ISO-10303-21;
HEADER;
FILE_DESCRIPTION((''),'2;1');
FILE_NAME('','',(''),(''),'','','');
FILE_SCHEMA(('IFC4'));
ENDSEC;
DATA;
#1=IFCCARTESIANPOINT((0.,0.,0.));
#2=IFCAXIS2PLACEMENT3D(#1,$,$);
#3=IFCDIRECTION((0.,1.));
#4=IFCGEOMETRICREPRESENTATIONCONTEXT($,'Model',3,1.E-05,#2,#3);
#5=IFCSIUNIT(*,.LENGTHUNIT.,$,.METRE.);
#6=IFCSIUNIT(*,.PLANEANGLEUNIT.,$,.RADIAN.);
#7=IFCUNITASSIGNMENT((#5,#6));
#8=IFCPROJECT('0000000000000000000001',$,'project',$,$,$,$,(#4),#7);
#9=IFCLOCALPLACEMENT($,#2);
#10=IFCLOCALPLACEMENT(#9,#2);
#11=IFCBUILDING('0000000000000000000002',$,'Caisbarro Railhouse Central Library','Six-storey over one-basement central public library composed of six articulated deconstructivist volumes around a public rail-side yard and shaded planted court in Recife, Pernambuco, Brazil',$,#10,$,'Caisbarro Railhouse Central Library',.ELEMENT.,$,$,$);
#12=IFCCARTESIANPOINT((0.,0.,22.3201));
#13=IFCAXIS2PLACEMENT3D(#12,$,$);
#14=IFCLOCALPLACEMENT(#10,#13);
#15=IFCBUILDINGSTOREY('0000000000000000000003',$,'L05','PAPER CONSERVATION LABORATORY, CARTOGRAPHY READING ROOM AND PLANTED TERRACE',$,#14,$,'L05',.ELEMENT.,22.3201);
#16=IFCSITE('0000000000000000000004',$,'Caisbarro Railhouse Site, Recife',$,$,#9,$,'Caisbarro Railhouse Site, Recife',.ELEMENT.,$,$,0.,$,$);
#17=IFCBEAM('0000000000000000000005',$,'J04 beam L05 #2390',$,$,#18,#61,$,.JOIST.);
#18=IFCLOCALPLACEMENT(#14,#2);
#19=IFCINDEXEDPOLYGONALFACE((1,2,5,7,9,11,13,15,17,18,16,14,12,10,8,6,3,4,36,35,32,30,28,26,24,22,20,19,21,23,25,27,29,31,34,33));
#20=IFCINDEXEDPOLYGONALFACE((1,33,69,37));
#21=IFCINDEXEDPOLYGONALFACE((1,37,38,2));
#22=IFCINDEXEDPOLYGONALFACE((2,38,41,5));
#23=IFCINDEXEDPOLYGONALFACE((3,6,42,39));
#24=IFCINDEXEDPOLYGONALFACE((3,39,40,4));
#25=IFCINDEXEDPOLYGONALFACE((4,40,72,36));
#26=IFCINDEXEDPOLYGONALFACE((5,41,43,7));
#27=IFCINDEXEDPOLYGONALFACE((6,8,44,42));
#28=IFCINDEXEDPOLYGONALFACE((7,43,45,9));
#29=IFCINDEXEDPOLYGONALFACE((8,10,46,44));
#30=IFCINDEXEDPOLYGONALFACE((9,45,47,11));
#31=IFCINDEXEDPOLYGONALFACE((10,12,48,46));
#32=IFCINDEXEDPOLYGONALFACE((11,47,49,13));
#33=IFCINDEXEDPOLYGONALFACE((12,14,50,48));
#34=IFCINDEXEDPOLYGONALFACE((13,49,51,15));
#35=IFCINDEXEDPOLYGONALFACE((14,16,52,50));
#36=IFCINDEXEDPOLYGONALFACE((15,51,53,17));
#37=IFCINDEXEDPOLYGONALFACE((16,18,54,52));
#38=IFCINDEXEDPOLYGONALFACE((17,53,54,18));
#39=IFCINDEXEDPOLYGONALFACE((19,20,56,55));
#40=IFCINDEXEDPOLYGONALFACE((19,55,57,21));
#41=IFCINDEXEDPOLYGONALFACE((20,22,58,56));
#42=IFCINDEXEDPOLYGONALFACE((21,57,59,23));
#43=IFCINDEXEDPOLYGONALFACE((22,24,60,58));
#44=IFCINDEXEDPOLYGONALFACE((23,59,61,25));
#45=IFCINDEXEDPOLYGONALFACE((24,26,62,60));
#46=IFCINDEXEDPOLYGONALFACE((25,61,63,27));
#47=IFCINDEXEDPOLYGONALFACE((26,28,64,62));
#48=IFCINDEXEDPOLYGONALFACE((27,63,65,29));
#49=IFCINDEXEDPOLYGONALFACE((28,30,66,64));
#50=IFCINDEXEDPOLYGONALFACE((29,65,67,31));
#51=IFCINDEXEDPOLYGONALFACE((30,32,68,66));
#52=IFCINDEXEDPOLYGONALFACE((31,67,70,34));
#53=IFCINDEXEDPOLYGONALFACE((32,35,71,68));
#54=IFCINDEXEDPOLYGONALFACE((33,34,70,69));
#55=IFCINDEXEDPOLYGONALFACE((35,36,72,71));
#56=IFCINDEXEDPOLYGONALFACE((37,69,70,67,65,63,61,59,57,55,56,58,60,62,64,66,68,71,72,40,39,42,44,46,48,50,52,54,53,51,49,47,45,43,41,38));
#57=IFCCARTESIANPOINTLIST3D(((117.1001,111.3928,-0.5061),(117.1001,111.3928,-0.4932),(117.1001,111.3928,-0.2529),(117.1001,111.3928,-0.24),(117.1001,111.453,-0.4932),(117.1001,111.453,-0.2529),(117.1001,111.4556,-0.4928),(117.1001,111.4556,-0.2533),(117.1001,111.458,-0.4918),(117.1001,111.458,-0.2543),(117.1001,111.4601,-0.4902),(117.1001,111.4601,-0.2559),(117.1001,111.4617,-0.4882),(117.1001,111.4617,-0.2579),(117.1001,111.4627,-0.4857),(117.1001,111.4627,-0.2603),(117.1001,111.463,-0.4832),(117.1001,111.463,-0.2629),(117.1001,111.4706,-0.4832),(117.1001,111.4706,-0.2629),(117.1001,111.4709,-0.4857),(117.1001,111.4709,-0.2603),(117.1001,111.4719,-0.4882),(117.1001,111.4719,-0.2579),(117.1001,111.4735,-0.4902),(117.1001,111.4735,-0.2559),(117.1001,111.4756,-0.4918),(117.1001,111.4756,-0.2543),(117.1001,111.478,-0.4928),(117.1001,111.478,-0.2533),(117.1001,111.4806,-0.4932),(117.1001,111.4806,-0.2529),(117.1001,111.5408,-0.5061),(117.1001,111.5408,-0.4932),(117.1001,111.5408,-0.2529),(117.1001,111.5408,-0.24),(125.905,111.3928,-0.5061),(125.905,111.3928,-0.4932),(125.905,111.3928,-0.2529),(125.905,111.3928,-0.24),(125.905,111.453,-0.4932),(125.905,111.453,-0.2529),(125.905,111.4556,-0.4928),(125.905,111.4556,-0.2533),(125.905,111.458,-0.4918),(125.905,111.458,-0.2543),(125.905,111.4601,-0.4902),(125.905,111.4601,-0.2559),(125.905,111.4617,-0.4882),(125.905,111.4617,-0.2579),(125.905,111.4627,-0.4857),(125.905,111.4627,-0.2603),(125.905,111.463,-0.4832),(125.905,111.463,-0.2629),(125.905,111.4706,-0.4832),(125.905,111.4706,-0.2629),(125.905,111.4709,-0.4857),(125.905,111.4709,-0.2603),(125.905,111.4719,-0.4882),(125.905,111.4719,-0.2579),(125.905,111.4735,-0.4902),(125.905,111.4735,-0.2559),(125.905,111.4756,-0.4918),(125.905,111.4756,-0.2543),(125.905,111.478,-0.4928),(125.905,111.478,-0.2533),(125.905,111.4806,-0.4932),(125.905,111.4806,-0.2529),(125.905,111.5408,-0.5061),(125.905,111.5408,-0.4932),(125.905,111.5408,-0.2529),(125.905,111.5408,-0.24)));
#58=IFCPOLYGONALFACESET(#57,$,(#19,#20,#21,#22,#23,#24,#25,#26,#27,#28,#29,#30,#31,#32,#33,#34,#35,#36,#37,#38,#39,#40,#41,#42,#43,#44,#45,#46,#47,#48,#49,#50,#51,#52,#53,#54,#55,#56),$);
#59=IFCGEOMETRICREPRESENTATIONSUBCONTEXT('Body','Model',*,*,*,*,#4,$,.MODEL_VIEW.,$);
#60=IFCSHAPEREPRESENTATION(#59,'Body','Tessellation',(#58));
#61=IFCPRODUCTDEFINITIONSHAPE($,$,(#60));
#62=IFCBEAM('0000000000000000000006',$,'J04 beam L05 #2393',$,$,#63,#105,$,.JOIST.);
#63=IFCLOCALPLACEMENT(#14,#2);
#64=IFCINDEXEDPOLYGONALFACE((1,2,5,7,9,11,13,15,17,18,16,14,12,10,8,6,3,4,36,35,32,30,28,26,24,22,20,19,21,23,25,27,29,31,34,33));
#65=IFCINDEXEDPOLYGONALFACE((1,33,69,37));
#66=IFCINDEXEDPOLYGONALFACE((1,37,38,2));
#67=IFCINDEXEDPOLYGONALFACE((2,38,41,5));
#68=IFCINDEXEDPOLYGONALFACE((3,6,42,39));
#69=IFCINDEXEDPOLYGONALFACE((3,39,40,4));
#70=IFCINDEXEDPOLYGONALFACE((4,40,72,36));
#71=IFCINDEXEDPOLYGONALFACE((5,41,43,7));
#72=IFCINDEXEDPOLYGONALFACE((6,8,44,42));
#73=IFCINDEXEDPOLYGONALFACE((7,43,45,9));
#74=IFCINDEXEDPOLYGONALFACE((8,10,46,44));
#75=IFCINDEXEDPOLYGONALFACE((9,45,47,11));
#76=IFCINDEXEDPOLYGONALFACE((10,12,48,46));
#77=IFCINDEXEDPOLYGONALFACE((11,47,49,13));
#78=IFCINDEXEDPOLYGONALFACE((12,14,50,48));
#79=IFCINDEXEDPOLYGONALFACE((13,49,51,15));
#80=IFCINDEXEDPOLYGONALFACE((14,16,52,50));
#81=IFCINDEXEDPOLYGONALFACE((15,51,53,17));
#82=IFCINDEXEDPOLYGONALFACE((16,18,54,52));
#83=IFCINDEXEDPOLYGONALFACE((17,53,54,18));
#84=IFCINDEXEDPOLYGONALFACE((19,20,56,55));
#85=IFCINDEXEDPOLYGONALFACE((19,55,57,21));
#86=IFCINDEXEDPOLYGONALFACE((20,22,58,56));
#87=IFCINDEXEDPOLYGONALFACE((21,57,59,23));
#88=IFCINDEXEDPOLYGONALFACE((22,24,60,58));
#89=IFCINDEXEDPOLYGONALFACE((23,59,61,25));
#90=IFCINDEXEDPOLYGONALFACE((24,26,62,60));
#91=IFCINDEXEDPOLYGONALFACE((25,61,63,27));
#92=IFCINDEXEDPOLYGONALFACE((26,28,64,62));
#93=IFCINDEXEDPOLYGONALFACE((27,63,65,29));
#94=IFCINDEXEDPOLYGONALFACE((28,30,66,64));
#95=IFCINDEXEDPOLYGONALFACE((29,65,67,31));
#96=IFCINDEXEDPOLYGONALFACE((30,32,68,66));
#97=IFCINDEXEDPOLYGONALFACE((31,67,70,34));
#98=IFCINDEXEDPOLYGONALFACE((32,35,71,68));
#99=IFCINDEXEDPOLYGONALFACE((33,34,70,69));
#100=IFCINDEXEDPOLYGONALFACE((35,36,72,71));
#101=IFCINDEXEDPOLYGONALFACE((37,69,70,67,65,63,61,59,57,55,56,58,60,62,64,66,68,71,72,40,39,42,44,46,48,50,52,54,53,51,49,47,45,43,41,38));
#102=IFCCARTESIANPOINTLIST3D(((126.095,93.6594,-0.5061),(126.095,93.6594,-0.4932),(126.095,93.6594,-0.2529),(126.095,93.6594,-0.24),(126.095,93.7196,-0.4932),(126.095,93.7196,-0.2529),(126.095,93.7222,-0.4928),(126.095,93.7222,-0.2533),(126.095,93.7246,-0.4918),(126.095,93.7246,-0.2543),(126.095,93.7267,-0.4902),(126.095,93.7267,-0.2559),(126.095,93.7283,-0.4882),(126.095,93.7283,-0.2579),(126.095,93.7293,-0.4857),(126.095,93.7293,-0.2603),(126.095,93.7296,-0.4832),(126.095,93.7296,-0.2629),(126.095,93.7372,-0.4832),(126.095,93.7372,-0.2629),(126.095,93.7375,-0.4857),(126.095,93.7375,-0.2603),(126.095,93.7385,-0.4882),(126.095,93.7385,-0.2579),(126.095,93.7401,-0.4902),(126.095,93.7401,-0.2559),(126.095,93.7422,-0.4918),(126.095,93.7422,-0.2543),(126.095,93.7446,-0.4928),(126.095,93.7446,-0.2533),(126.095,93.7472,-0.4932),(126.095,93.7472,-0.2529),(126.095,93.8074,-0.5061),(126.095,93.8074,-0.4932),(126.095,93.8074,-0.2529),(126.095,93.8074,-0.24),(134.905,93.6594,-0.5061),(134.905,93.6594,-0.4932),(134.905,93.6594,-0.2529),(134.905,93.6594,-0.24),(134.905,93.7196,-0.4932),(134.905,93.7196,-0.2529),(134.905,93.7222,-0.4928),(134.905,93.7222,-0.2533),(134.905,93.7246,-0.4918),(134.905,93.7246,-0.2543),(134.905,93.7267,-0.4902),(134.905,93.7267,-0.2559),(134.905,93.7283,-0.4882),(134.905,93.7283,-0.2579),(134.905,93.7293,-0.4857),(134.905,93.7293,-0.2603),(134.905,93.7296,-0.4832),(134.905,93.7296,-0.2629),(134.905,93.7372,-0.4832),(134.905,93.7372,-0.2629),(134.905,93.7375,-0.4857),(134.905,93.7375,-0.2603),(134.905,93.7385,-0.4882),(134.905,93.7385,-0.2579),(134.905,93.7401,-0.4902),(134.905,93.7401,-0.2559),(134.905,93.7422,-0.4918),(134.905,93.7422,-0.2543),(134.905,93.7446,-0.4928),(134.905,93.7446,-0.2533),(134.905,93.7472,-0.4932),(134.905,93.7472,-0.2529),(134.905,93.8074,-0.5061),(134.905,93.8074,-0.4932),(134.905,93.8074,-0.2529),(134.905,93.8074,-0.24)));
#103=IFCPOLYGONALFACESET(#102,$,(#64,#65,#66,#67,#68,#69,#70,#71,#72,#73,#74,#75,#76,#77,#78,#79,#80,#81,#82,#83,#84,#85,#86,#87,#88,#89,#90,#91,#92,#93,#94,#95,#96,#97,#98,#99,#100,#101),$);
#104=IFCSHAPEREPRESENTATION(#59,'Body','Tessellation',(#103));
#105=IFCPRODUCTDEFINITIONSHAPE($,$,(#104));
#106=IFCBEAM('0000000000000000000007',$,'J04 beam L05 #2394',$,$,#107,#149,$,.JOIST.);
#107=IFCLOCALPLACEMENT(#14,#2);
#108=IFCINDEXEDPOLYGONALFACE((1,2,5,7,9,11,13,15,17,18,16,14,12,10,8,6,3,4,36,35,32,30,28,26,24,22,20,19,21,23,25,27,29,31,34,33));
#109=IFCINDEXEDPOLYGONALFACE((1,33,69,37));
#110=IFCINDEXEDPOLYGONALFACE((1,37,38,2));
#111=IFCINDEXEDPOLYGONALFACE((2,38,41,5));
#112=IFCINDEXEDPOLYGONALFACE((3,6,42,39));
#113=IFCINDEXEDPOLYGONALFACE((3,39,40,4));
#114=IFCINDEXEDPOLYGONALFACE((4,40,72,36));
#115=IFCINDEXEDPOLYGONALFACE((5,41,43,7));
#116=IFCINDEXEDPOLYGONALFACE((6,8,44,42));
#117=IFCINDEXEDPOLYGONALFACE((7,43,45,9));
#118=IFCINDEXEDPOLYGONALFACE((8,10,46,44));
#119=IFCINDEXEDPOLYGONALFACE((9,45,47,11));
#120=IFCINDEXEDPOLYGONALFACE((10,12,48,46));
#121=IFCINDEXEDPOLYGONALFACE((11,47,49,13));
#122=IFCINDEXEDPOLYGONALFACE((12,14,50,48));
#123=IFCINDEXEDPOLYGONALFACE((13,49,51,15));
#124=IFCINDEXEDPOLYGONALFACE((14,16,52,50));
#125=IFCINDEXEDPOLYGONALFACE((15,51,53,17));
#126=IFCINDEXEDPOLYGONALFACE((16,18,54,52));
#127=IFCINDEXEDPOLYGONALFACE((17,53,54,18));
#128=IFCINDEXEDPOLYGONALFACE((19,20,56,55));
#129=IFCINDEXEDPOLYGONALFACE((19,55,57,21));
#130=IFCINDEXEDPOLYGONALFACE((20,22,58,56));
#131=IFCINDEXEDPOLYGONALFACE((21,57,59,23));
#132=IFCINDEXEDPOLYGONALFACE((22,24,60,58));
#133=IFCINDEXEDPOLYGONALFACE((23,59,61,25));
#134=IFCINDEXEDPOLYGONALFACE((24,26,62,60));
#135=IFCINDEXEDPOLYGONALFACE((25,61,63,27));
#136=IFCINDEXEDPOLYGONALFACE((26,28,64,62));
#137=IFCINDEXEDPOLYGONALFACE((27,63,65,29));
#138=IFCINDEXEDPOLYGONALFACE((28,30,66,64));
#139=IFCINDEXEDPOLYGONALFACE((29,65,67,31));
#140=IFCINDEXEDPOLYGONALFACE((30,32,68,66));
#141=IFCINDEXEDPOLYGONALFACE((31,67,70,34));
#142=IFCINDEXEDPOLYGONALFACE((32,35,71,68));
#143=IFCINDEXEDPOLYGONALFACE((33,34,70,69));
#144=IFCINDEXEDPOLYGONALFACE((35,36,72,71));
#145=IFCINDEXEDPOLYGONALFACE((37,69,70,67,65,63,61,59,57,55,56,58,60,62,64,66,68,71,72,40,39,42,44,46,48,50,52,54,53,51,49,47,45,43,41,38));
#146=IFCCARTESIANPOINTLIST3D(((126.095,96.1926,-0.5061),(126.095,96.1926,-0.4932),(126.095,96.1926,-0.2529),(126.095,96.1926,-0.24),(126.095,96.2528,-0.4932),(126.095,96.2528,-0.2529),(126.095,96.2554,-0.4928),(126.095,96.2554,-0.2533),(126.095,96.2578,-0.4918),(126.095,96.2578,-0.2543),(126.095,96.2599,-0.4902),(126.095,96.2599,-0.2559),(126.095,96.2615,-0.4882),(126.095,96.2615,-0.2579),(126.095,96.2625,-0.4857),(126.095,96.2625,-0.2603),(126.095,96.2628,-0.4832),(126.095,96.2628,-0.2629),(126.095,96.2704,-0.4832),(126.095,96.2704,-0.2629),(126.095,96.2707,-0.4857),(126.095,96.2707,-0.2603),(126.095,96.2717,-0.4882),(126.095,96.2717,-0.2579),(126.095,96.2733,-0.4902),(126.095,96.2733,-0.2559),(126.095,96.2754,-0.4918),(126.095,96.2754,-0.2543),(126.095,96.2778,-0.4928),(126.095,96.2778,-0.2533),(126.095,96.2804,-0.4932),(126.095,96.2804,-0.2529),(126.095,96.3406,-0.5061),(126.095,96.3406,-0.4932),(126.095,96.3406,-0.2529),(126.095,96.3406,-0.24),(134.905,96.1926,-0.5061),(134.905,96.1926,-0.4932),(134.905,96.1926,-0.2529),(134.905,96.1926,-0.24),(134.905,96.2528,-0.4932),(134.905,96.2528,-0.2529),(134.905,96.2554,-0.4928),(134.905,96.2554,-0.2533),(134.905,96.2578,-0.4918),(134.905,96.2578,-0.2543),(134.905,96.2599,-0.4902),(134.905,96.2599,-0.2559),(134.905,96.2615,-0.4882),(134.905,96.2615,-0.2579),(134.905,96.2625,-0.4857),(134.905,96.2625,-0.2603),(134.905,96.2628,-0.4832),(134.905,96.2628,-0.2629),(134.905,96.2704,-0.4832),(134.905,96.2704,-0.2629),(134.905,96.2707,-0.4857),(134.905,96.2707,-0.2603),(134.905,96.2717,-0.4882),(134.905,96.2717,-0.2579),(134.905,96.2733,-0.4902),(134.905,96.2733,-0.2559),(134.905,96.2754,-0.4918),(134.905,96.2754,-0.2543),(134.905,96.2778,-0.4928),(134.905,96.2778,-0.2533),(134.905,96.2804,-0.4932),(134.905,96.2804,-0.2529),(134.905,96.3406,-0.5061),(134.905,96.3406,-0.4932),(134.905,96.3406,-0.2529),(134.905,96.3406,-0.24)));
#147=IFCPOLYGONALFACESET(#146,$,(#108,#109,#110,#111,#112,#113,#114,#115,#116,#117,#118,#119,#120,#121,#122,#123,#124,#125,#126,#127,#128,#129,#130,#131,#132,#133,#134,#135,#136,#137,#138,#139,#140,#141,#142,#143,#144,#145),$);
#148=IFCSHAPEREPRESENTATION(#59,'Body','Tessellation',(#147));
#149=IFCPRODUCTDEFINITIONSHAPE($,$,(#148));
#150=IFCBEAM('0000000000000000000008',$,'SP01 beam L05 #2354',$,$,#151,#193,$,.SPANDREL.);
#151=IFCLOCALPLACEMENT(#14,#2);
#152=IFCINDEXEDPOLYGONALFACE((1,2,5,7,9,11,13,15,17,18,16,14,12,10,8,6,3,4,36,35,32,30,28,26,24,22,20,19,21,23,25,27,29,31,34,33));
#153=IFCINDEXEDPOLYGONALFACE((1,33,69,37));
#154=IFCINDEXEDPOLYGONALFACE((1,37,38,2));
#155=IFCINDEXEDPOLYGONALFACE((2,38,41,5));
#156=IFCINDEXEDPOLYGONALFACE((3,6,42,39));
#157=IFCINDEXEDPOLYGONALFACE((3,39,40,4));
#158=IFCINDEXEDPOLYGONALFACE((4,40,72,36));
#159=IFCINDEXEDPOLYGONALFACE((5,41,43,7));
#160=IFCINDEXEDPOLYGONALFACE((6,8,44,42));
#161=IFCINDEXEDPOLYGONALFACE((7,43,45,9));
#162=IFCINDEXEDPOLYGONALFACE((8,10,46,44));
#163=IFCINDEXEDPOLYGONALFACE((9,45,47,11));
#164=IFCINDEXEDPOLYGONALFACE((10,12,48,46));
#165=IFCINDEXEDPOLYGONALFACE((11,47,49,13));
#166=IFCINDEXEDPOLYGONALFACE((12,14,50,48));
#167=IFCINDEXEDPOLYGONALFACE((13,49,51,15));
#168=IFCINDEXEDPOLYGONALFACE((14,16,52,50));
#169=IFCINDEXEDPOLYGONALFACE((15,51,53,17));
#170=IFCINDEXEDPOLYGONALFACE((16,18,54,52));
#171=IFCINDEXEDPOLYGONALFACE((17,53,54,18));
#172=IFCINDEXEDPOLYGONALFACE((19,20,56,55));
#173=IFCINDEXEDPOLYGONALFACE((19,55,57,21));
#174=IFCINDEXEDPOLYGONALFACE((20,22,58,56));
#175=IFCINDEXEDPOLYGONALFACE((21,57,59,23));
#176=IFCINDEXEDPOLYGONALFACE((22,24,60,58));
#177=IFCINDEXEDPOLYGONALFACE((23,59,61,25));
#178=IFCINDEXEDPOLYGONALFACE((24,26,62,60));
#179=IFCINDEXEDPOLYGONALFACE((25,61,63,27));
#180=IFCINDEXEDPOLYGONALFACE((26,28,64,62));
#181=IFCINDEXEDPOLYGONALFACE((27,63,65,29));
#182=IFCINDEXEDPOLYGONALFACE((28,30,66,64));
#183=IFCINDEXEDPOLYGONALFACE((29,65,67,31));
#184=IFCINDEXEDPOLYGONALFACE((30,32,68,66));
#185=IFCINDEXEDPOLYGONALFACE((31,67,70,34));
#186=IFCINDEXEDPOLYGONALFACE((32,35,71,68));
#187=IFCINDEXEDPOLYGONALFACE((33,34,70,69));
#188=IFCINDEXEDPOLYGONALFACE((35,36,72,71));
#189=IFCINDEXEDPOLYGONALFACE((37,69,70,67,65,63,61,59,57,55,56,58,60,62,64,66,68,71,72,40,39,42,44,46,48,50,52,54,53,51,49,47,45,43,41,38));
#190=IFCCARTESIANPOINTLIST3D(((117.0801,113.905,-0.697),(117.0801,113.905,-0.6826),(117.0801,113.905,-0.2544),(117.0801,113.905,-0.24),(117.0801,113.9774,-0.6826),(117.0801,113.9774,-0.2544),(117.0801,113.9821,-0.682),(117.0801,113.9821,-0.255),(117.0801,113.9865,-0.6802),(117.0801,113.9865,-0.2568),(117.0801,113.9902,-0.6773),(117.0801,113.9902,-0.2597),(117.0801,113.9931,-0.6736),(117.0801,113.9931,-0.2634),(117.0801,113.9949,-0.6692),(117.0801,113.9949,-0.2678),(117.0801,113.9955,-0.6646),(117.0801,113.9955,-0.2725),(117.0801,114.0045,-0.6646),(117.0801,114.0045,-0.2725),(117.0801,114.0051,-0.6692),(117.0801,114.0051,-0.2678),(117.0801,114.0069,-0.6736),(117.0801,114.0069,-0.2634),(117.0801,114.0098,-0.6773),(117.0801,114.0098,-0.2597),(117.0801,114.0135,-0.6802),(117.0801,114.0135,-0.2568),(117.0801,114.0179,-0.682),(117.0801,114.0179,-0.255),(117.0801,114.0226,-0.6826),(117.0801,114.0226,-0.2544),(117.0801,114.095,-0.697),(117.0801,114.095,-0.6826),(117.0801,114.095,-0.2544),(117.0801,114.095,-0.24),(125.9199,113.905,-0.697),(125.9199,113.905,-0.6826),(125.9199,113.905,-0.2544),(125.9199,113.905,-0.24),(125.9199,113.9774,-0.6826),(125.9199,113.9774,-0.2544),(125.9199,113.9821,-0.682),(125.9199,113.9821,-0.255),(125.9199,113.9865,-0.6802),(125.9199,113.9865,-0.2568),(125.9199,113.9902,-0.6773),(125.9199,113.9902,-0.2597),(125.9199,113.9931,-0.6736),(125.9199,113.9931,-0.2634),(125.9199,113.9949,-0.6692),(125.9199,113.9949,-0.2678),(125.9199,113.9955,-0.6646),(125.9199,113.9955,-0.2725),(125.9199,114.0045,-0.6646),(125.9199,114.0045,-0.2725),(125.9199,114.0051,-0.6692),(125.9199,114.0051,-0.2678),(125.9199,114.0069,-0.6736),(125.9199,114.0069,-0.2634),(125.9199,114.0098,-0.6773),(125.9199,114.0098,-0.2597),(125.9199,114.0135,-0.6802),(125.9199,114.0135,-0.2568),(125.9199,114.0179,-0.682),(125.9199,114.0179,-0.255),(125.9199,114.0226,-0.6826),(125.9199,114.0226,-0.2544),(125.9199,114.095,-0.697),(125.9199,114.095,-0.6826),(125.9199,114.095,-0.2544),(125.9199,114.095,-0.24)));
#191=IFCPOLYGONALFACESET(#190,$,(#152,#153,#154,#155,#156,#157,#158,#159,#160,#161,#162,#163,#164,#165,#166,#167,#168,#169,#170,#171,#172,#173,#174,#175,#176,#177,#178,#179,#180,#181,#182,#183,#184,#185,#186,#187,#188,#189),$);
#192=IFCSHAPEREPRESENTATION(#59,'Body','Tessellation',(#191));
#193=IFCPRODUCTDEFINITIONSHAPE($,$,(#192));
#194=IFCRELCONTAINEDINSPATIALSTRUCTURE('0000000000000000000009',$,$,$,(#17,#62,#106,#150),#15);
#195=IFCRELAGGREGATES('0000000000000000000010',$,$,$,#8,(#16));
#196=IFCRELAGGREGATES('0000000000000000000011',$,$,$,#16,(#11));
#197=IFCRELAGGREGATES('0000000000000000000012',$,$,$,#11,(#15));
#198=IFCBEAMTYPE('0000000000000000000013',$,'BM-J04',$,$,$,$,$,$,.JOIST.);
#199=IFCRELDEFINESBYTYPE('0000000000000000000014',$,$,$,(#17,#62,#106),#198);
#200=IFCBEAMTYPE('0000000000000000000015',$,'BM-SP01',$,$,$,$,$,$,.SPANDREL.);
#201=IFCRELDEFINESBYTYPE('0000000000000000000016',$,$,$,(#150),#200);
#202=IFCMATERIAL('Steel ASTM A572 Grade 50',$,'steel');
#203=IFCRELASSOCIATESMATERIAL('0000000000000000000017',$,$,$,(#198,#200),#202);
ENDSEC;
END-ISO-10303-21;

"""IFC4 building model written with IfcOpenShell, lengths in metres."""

from ifc_helpers import new_model, si_unit, direction, frame, origin, origin_2d, place, context, subcontext, project, spatial, i_section, extrude, material, material_profile, profile_set, type_object, element, save


model = new_model("IFC4")

# Units and contexts
model_context = context("Model", 3, precision=1e-05, world=origin(), true_north=direction((0.0, 1.0)))
body_context = subcontext(model_context, "Body", "Model", "MODEL_VIEW")
ifc_project = project(units=[si_unit("LENGTHUNIT", "METRE"), si_unit("PLANEANGLEUNIT", "RADIAN")], contexts=[model_context])

# Site, building, storey
site_placement = place(None, origin())
site = spatial("IfcSite", under=ifc_project, at=site_placement, Name="Caisbarro Railhouse Site, Recife", LongName="Caisbarro Railhouse Site, Recife", CompositionType="ELEMENT", RefElevation=0.0)
building_placement = place(site_placement, origin())
building = spatial("IfcBuilding", under=site, at=building_placement, Name="Caisbarro Railhouse Central Library", Description="Six-storey over one-basement central public library composed of six articulated deconstructivist volumes around a public rail-side yard and shaded planted court in Recife, Pernambuco, Brazil", LongName="Caisbarro Railhouse Central Library", CompositionType="ELEMENT")
storey_placement = place(building_placement, frame((0.0, 0.0, 22.3201)))
storey = spatial("IfcBuildingStorey", under=building, at=storey_placement, Name="L05", Description="PAPER CONSERVATION LABORATORY, CARTOGRAPHY READING ROOM AND PLANTED TERRACE", LongName="L05", CompositionType="ELEMENT", Elevation=22.3201)

# Beams
ifc_material_1 = material(Name="Steel ASTM A572 Grade 50", Category="steel")
ifc_material_profile_1 = material_profile(ifc_material_1, i_section(OverallWidth=0.1479, OverallDepth=0.2661, WebThickness=0.0076, FlangeThickness=0.0129, FilletRadius=0.01, at=origin_2d()), Name="W250X44.8")
ifc_profile_set_1 = profile_set([ifc_material_profile_1], Name="Steel ASTM A572 Grade 50")
beam_type_1 = type_object("IfcBeamType", Name="BM-J04", PredefinedType="JOIST", material=ifc_profile_set_1)
for number, where, z_axis, x_axis, name in (
    (1, (117.1001, 111.4668, -0.373), (1.0, 0.0, 0.0), (0.0, 1.0, 0.0), "J04 beam L05 #2390"),
):
    element("IfcBeam", number, at=place(storey_placement, frame(where, z_axis=z_axis, x_axis=x_axis)), inside=storey, type_object=beam_type_1, Name=name, PredefinedType="JOIST", context=body_context, shape_type="SweptSolid", body=[
        extrude(i_section(OverallWidth=0.1479, OverallDepth=0.2661, WebThickness=0.0076, FlangeThickness=0.0129, FilletRadius=0.01, at=origin_2d()), origin(), (0.0, 0.0, 1.0), 8.8049),
    ])
for number, where, z_axis, x_axis, name in (
    (2, (126.095, 93.7334, -0.373), (1.0, 0.0, 0.0), (0.0, 1.0, 0.0), "J04 beam L05 #2393"),
    (3, (126.095, 96.2666, -0.373), (1.0, 0.0, 0.0), (0.0, 1.0, 0.0), "J04 beam L05 #2394"),
):
    element("IfcBeam", number, at=place(storey_placement, frame(where, z_axis=z_axis, x_axis=x_axis)), inside=storey, type_object=beam_type_1, Name=name, PredefinedType="JOIST", context=body_context, shape_type="SweptSolid", body=[
        extrude(i_section(OverallWidth=0.1479, OverallDepth=0.2661, WebThickness=0.0076, FlangeThickness=0.0129, FilletRadius=0.01, at=origin_2d()), origin(), (0.0, 0.0, 1.0), 8.8101),
    ])
ifc_material_profile_2 = material_profile(ifc_material_1, i_section(OverallWidth=0.1899, OverallDepth=0.457, WebThickness=0.009, FlangeThickness=0.0144, FilletRadius=0.0181, at=origin_2d()), Name="W460X74.0")
ifc_profile_set_2 = profile_set([ifc_material_profile_2], Name="Steel ASTM A572 Grade 50")
beam_type_2 = type_object("IfcBeamType", Name="BM-SP01", PredefinedType="SPANDREL", material=ifc_profile_set_2)
for number, where, z_axis, x_axis, name in (
    (4, (117.0801, 114.0, -0.4685), (1.0, 0.0, 0.0), (0.0, 1.0, 0.0), "SP01 beam L05 #2354"),
):
    element("IfcBeam", number, at=place(storey_placement, frame(where, z_axis=z_axis, x_axis=x_axis)), inside=storey, type_object=beam_type_2, Name=name, PredefinedType="SPANDREL", context=body_context, shape_type="SweptSolid", body=[
        extrude(i_section(OverallWidth=0.1899, OverallDepth=0.457, WebThickness=0.009, FlangeThickness=0.0144, FilletRadius=0.0181, at=origin_2d()), origin(), (0.0, 0.0, 1.0), 8.8398),
    ])

save(model, "model.ifc")
